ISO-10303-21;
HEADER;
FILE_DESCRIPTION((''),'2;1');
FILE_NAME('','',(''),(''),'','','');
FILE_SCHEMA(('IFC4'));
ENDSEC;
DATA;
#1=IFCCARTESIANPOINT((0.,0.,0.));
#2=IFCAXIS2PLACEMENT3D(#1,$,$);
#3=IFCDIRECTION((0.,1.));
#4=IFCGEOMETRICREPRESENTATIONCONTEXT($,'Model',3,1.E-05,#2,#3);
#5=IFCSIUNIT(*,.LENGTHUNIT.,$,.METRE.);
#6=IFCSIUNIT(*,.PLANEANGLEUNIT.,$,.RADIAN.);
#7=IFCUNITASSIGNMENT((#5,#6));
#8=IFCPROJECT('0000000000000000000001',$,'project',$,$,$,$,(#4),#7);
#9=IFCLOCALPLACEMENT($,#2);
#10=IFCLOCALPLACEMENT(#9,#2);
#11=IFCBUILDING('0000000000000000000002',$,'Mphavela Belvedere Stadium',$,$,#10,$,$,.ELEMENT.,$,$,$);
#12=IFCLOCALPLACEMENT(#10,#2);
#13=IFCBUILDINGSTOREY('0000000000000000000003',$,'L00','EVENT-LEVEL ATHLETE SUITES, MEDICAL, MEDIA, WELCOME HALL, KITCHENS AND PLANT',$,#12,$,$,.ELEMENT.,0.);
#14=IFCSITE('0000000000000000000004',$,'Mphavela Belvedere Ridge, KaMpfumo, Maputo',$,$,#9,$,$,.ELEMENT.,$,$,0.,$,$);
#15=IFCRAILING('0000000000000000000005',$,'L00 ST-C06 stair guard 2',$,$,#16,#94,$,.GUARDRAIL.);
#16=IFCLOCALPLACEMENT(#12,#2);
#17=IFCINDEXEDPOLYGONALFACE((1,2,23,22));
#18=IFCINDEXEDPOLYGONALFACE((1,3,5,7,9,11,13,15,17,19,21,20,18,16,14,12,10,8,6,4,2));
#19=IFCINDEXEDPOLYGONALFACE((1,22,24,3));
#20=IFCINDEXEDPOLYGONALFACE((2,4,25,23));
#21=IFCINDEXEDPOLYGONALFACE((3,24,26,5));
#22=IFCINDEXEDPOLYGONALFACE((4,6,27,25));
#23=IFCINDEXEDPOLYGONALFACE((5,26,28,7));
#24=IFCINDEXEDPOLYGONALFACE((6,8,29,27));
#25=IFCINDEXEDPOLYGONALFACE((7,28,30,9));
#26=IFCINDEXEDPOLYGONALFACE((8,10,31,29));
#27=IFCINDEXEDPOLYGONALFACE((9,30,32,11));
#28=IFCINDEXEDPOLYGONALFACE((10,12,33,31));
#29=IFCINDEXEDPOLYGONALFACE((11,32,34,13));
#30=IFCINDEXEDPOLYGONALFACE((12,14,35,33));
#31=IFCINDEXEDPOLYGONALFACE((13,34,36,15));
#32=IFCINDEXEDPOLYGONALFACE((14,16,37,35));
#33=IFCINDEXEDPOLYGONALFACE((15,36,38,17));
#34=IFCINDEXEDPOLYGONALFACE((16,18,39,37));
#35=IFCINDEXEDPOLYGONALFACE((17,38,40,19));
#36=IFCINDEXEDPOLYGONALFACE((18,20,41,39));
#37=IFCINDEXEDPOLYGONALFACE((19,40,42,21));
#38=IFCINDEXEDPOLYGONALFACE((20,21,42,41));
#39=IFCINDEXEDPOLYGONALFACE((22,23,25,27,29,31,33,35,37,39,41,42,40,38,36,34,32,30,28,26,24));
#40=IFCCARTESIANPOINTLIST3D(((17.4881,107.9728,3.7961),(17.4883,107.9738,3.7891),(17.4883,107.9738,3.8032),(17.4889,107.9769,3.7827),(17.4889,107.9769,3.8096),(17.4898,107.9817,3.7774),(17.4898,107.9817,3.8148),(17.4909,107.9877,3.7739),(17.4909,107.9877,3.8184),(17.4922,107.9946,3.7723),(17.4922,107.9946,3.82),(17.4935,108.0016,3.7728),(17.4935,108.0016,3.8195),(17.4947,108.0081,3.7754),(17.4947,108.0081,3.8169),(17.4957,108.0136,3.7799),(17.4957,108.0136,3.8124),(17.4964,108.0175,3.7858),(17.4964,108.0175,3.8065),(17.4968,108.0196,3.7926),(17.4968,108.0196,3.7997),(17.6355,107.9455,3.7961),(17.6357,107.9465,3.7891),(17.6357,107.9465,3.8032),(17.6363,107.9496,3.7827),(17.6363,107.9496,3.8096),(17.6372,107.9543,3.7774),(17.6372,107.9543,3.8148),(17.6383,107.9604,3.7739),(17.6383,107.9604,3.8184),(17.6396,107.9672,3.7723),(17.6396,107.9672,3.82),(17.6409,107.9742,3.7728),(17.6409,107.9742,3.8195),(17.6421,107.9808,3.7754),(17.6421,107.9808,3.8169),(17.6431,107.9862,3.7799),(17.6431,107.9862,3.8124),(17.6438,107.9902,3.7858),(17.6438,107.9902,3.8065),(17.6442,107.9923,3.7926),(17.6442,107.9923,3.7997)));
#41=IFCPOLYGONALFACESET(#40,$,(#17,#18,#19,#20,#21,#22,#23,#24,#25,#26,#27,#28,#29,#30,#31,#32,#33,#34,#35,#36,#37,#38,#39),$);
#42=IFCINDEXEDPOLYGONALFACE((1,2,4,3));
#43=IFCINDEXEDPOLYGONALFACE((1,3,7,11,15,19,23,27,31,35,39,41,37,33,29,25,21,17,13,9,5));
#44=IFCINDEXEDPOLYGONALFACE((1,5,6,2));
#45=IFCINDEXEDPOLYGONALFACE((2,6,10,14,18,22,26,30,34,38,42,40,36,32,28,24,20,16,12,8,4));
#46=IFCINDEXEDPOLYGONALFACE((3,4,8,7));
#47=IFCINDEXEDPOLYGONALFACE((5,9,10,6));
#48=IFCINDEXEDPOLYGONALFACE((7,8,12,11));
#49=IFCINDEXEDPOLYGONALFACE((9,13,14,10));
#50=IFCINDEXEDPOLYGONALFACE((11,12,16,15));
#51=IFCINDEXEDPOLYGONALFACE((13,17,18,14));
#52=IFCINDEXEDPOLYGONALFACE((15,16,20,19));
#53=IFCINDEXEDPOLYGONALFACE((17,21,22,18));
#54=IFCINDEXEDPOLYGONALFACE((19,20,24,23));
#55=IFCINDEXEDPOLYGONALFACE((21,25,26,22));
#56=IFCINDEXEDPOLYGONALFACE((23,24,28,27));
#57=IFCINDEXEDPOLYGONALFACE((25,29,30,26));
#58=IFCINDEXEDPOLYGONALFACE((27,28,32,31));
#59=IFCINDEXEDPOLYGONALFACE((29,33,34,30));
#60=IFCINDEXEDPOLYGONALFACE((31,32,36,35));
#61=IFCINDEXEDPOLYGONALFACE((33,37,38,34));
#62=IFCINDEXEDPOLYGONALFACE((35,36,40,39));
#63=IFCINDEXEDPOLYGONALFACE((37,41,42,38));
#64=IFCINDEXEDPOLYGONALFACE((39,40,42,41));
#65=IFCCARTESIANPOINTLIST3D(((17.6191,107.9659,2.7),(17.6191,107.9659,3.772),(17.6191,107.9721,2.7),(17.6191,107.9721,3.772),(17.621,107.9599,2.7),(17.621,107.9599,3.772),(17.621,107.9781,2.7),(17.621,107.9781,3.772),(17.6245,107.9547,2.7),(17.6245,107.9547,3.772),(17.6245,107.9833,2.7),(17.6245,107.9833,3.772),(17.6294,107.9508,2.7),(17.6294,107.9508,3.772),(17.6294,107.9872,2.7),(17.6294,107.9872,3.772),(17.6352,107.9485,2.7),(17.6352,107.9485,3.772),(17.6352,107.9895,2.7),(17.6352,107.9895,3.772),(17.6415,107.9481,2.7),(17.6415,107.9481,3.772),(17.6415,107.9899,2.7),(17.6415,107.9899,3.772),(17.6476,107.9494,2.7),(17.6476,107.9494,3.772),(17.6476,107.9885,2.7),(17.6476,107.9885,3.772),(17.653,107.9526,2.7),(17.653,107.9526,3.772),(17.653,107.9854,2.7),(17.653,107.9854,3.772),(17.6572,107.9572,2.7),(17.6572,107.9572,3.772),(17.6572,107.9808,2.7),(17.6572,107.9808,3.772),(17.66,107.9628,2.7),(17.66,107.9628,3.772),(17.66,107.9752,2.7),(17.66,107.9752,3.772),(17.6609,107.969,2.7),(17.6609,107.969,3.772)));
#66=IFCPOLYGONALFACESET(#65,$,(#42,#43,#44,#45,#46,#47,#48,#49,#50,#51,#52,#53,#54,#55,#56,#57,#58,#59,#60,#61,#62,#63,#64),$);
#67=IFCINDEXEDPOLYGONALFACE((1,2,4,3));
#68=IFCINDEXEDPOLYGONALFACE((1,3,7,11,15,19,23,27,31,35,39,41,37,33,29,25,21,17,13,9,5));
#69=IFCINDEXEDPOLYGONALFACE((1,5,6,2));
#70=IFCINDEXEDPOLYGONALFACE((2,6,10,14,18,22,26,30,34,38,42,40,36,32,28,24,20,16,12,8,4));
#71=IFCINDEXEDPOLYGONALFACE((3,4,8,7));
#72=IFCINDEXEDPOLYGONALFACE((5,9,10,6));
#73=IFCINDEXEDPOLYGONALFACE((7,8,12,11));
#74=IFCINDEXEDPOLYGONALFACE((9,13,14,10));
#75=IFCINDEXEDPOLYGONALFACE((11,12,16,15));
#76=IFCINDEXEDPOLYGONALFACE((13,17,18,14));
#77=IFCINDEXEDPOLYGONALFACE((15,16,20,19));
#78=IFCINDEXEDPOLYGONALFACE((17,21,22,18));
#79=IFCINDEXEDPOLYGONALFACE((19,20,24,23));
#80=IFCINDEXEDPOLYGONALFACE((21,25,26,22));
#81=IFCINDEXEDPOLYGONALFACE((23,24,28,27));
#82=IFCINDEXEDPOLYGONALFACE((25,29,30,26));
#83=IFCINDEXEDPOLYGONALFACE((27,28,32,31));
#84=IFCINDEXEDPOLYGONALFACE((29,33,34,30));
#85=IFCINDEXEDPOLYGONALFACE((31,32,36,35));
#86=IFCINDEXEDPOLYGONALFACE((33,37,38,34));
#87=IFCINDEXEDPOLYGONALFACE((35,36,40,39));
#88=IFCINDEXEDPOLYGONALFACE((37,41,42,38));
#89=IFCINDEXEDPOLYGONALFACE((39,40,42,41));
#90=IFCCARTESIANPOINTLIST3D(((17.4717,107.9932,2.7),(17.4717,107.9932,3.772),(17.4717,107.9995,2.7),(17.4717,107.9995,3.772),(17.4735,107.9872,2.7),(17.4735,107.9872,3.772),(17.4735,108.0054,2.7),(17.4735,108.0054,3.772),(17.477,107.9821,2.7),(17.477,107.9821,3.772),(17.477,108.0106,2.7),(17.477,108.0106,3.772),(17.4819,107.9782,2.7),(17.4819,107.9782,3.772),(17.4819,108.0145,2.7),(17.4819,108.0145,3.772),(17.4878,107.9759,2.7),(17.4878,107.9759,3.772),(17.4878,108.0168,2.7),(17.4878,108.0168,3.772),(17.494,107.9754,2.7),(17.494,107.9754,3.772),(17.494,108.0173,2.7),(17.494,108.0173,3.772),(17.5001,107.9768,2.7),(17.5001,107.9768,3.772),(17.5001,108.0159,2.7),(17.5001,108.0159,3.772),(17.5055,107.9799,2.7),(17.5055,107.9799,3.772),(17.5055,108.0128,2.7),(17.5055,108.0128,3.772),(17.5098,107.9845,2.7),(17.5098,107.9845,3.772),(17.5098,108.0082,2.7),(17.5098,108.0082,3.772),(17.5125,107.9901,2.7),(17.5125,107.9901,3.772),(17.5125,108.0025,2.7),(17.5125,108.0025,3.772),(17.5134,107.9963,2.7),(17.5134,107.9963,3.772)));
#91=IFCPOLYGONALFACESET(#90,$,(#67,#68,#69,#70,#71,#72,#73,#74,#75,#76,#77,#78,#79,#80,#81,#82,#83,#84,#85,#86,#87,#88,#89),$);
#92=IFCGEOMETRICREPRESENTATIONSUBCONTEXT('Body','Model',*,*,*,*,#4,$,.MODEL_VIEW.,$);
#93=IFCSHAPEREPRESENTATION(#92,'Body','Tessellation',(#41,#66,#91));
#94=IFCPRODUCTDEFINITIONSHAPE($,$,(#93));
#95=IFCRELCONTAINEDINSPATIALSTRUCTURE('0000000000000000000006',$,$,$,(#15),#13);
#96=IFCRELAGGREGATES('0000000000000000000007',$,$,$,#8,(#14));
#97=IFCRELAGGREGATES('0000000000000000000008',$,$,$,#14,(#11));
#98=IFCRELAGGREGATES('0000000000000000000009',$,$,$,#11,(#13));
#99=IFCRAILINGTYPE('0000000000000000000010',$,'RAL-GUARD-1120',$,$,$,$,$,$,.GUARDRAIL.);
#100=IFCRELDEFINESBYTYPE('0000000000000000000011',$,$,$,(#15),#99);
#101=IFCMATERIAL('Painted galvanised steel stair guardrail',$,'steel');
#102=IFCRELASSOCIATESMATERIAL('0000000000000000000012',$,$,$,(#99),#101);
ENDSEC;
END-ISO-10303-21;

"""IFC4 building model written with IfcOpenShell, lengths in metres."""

from ifc_helpers import new_model, si_unit, direction, frame, origin, origin_2d, place, context, subcontext, project, spatial, circle, extrude, material, type_object, element, save


model = new_model("IFC4")

# Units and contexts
model_context = context("Model", 3, precision=1e-05, world=origin(), true_north=direction((0.0, 1.0)))
body_context = subcontext(model_context, "Body", "Model", "MODEL_VIEW")
ifc_project = project(units=[si_unit("LENGTHUNIT", "METRE"), si_unit("PLANEANGLEUNIT", "RADIAN")], contexts=[model_context])

# Site, building, storey
site_placement = place(None, origin())
site = spatial("IfcSite", under=ifc_project, at=site_placement, Name="Mphavela Belvedere Ridge, KaMpfumo, Maputo", CompositionType="ELEMENT", RefElevation=0.0)
building_placement = place(site_placement, origin())
building = spatial("IfcBuilding", under=site, at=building_placement, Name="Mphavela Belvedere Stadium", CompositionType="ELEMENT")
storey_placement = place(building_placement, origin())
storey = spatial("IfcBuildingStorey", under=building, at=storey_placement, Name="L00", Description="EVENT-LEVEL ATHLETE SUITES, MEDICAL, MEDIA, WELCOME HALL, KITCHENS AND PLANT", CompositionType="ELEMENT", Elevation=0.0)

# Railing
ifc_material_1 = material(Name="Painted galvanised steel stair guardrail", Category="steel")
railing_type_1 = type_object("IfcRailingType", Name="RAL-GUARD-1120", PredefinedType="GUARDRAIL", material=ifc_material_1)
railing_1_placement = place(storey_placement, frame((17.6399, 107.969, 2.7)))
element("IfcRailing", 1, at=railing_1_placement, inside=storey, type_object=railing_type_1, Name="L00 ST-C06 stair guard 2", PredefinedType="GUARDRAIL", context=body_context, shape_type="SweptSolid", body=[
    extrude(circle(Radius=0.0239, at=origin_2d()), frame((0.0, 0.0, 1.0962), z_axis=(-0.983239, 0.182322, 0.0), x_axis=(-0.182322, -0.983239, 0.0)), (0.0, 0.0, 1.0), 0.1499),
    extrude(circle(Radius=0.021, at=origin_2d()), origin(), (0.0, 0.0, 1.0), 1.072),
    extrude(circle(Radius=0.021, at=origin_2d()), frame((-0.1475, 0.0273, 0.0)), (0.0, 0.0, 1.0), 1.072),
])

save(model, "model.ifc")
